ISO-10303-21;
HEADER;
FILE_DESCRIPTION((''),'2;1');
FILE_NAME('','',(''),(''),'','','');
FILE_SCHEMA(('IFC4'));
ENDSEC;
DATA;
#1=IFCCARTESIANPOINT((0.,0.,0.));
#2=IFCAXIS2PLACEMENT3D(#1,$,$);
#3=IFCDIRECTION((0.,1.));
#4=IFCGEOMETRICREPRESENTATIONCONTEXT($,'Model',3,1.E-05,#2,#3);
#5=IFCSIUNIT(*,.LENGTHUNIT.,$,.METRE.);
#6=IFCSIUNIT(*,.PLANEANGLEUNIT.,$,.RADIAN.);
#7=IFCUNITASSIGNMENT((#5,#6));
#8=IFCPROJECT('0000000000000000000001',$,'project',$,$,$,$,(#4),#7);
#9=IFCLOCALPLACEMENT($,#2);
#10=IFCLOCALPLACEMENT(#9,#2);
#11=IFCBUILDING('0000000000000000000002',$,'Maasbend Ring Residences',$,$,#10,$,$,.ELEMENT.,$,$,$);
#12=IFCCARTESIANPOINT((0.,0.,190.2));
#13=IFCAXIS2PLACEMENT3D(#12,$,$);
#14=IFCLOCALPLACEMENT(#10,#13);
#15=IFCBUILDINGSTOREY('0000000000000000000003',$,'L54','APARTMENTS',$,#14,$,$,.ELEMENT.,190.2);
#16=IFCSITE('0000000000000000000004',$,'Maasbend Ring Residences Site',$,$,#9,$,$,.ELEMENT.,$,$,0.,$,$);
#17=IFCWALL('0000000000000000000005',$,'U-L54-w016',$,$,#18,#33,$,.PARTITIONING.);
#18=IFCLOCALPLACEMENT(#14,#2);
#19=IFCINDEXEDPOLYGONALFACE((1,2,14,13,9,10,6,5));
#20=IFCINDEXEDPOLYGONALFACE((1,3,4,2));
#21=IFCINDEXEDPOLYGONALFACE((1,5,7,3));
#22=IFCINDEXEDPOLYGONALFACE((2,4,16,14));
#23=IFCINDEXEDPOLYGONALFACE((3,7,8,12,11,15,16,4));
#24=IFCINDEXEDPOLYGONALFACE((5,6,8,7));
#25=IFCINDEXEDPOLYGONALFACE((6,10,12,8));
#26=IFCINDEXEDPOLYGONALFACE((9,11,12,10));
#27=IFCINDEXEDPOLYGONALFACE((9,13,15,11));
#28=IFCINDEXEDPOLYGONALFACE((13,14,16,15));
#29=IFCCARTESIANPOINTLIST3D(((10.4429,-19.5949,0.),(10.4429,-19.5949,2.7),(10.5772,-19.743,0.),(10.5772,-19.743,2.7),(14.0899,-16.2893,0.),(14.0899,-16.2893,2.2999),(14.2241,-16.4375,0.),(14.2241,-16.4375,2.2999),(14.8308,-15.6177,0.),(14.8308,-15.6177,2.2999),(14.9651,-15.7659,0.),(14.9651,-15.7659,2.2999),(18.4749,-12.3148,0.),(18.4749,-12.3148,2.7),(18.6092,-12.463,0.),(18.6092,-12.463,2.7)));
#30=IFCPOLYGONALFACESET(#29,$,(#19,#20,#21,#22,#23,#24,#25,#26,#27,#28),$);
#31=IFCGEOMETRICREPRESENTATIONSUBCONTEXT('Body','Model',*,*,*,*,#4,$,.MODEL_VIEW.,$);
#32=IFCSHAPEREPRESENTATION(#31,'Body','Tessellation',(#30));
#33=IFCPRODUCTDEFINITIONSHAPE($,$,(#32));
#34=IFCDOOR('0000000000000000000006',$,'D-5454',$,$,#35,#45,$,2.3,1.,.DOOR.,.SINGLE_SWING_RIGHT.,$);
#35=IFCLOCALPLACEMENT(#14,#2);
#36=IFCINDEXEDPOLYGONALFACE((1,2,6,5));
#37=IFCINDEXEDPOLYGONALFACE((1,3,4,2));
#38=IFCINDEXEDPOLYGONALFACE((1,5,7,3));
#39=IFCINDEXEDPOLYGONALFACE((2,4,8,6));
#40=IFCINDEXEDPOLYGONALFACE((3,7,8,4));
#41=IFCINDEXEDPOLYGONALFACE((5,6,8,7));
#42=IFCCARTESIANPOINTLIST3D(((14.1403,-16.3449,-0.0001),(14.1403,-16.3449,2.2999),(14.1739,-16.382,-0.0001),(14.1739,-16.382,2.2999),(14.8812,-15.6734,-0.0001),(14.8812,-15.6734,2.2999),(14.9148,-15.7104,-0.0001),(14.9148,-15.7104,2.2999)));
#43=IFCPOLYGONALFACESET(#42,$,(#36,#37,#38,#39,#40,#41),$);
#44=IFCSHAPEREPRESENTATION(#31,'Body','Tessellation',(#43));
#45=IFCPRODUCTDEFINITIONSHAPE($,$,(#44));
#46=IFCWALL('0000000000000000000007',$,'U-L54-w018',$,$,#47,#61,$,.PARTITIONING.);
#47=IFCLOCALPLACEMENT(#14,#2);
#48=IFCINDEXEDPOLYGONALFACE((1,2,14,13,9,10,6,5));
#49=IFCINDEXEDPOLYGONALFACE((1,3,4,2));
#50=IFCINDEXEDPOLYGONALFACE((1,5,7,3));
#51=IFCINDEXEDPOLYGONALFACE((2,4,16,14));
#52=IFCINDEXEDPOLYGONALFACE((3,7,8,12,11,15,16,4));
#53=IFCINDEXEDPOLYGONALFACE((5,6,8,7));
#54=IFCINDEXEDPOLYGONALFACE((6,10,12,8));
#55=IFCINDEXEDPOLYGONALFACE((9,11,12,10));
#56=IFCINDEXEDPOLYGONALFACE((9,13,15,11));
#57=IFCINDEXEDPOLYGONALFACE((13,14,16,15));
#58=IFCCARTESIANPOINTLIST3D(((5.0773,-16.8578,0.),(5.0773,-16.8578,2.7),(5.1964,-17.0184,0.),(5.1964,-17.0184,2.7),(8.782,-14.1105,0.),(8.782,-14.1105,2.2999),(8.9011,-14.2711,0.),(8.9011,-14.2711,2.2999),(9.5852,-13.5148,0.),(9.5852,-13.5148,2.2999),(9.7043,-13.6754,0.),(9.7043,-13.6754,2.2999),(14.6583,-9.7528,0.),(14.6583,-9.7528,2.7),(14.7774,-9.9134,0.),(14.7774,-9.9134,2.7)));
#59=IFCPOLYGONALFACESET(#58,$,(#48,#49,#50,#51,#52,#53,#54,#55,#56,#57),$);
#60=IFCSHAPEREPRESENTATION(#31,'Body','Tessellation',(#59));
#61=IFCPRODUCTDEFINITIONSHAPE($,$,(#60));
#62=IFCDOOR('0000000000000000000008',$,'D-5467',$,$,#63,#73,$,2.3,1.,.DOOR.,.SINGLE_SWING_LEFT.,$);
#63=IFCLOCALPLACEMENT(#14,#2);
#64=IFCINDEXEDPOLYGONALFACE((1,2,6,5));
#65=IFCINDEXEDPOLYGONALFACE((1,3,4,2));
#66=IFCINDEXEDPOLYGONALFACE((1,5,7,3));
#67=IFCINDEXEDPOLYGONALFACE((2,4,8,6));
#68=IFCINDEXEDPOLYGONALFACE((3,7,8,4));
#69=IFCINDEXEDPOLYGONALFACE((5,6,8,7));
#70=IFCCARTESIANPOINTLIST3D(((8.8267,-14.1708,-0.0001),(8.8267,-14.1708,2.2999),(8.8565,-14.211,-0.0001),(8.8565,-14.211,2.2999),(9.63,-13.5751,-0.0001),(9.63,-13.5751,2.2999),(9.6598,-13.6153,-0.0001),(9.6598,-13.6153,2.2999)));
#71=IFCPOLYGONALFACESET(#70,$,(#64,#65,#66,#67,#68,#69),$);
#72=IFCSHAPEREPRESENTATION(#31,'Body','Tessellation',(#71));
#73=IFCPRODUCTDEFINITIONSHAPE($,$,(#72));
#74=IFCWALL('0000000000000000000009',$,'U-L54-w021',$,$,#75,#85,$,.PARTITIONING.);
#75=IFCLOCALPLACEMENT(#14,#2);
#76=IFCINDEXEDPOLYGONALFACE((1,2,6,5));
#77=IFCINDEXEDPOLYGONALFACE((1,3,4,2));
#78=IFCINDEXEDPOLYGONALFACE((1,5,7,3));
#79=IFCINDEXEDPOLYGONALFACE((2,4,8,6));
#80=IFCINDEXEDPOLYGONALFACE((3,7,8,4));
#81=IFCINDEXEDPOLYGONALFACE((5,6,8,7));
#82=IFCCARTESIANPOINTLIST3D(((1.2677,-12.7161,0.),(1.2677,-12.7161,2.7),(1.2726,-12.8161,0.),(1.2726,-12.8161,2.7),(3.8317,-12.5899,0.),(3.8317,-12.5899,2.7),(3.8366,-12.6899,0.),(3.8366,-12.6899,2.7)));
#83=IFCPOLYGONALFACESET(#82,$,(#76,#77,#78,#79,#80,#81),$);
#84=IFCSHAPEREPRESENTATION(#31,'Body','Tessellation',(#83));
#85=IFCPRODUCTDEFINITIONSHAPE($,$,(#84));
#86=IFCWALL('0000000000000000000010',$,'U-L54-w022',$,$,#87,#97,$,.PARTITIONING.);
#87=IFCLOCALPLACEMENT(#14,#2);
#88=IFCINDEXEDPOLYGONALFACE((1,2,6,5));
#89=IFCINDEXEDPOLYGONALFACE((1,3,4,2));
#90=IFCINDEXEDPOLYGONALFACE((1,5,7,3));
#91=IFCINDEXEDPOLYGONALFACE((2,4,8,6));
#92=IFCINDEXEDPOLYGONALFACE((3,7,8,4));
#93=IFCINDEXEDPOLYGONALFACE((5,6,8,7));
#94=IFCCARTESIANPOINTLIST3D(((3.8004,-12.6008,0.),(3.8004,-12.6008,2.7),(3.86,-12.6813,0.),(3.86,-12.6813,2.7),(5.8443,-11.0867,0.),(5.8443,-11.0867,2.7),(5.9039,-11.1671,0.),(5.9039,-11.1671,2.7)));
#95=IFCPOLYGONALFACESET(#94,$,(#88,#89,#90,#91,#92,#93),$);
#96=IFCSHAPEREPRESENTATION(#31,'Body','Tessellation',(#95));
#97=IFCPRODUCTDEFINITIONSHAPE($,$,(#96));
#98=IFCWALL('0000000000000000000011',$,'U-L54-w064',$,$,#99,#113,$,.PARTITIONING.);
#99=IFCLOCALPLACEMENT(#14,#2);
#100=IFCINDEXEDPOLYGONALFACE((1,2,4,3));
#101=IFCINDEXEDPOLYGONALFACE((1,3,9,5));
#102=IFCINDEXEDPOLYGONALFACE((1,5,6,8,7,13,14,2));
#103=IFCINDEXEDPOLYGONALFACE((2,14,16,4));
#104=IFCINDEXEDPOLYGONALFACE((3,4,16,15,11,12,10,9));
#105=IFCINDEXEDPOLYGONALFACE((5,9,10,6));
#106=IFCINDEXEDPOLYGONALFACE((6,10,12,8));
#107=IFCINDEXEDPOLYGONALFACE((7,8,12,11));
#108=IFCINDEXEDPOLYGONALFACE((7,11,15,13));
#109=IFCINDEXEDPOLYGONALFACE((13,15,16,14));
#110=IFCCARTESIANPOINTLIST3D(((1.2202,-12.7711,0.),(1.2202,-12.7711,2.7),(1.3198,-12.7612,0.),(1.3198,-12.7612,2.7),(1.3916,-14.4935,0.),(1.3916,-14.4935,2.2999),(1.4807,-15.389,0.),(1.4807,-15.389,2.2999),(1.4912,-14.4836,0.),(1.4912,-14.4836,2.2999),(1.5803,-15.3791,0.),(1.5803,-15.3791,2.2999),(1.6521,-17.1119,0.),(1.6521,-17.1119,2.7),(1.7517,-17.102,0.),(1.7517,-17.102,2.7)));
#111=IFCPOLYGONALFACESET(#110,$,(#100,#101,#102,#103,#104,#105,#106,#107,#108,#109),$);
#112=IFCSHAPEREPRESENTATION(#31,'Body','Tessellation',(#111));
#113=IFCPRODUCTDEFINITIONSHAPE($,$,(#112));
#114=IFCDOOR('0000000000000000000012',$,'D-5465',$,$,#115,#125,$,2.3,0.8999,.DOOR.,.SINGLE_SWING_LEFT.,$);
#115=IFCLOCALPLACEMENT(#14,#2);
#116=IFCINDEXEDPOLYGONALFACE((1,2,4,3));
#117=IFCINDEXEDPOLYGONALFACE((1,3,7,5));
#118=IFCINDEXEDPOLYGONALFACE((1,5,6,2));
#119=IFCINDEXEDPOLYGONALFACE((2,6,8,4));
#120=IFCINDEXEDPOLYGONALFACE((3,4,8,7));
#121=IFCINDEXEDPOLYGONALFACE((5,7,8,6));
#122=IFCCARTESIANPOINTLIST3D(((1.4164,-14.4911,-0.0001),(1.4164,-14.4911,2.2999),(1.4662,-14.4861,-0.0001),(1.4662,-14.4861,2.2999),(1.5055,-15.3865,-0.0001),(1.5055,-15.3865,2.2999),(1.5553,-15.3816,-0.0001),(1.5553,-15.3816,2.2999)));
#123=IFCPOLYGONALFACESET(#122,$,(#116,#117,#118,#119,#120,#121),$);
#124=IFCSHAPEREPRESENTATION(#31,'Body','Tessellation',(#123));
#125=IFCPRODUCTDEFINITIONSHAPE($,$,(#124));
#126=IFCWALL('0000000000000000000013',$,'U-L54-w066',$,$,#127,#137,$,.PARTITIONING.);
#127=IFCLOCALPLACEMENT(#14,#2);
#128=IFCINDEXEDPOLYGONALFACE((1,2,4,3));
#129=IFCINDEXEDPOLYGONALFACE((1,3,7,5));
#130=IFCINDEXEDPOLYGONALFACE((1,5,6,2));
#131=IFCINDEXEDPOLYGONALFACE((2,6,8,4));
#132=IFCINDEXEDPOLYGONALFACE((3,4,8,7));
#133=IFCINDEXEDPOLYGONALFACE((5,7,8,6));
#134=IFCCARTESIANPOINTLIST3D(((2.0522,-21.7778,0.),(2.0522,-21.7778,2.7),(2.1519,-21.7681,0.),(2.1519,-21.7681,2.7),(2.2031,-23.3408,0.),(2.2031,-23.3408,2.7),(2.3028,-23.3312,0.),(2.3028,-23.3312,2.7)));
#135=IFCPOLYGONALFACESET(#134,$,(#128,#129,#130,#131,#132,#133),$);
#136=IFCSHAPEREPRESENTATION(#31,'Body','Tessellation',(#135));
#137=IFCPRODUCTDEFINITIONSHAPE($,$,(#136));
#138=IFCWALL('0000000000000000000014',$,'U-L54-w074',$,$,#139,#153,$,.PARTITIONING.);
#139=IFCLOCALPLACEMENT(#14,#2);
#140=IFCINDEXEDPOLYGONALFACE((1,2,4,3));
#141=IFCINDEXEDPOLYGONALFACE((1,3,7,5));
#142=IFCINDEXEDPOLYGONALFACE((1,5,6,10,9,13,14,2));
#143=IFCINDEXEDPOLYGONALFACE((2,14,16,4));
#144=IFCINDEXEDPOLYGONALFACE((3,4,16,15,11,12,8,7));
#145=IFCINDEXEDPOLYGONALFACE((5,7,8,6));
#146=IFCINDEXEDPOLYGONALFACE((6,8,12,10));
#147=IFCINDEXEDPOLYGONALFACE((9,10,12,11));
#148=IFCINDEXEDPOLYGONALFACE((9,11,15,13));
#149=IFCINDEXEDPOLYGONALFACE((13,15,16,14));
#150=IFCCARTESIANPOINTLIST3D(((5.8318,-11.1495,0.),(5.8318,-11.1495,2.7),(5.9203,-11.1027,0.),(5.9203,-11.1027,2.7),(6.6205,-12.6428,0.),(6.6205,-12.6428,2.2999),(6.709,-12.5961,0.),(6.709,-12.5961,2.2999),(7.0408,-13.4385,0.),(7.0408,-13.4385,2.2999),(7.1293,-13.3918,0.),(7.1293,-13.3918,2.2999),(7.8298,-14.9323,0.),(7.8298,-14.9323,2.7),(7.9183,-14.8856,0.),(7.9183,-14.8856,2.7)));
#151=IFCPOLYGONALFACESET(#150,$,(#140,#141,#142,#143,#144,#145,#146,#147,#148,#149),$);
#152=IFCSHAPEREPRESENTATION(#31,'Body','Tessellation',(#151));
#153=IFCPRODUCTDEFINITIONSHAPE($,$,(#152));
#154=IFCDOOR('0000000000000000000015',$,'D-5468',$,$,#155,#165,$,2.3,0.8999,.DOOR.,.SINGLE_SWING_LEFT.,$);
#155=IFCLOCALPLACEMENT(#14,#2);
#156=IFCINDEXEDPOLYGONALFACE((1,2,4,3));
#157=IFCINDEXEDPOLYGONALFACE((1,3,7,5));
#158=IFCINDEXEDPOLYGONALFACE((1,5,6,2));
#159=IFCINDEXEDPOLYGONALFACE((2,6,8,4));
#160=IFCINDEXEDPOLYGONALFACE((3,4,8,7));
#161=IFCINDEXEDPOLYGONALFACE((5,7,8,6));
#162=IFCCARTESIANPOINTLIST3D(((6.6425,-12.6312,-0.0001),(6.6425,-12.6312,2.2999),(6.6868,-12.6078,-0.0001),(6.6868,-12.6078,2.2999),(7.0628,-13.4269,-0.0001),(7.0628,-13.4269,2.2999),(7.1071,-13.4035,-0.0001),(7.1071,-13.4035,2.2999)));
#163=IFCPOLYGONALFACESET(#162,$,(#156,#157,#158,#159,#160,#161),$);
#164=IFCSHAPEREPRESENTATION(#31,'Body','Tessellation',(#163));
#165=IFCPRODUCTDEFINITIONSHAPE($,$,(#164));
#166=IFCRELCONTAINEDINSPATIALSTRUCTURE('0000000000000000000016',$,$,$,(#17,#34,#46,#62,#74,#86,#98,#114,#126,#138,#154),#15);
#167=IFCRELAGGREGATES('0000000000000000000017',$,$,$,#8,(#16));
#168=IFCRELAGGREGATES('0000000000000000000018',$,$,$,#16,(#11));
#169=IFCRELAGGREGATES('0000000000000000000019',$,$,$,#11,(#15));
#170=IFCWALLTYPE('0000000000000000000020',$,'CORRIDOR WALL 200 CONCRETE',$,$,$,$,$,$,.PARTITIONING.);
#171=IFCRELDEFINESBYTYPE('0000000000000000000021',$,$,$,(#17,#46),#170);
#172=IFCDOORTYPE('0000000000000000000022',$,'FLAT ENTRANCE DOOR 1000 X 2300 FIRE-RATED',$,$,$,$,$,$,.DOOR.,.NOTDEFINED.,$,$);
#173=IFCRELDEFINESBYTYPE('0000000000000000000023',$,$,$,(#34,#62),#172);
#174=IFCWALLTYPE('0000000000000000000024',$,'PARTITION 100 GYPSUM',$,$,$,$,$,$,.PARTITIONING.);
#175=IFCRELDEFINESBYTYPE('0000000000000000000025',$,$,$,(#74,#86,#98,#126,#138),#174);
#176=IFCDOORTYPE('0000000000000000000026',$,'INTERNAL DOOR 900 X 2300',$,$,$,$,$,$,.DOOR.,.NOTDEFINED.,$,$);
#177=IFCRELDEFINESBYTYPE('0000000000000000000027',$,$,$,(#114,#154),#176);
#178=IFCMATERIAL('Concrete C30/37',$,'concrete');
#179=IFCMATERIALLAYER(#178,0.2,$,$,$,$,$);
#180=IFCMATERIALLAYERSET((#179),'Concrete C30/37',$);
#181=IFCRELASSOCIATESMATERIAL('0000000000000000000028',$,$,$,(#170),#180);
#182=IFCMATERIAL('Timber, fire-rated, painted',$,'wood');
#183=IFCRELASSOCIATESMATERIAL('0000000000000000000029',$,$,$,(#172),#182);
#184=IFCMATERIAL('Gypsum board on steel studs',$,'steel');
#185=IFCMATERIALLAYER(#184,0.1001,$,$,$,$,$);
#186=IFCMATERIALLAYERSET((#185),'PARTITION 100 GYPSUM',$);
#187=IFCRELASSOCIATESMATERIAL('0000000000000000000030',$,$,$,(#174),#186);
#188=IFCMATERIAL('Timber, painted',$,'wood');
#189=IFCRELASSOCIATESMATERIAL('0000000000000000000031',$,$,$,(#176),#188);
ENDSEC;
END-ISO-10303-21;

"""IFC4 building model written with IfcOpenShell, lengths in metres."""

from ifc_helpers import new_model, si_unit, direction, frame, frame_2d, origin, place, context, subcontext, project, spatial, rectangle, extrude, material, layer, layer_set, type_object, element, fill, save


model = new_model("IFC4")

# Units and contexts
model_context = context("Model", 3, precision=1e-05, world=origin(), true_north=direction((0.0, 1.0)))
body_context = subcontext(model_context, "Body", "Model", "MODEL_VIEW")
ifc_project = project(units=[si_unit("LENGTHUNIT", "METRE"), si_unit("PLANEANGLEUNIT", "RADIAN")], contexts=[model_context])

# Site, building, storey
site_placement = place(None, origin())
site = spatial("IfcSite", under=ifc_project, at=site_placement, Name="Maasbend Ring Residences Site", CompositionType="ELEMENT", RefElevation=0.0)
building_placement = place(site_placement, origin())
building = spatial("IfcBuilding", under=site, at=building_placement, Name="Maasbend Ring Residences", CompositionType="ELEMENT")
storey_placement = place(building_placement, frame((0.0, 0.0, 190.2)))
storey = spatial("IfcBuildingStorey", under=building, at=storey_placement, Name="L54", Description="APARTMENTS", CompositionType="ELEMENT", Elevation=190.2)

# Walls, openings, doors
ifc_material_1 = material(Name="Concrete C30/37", Category="concrete")
ifc_layer_1 = layer(ifc_material_1, 0.2)
ifc_layer_set_1 = layer_set([ifc_layer_1], Name="Concrete C30/37")
wall_type_1 = type_object("IfcWallType", Name="CORRIDOR WALL 200 CONCRETE", PredefinedType="PARTITIONING", material=ifc_layer_set_1)
wall_1_placement = place(storey_placement, frame((10.51, -19.6689, 0.0), z_axis=(0.0, 0.0, 1.0), x_axis=(0.740939, 0.671572, 0.0)))
wall_1 = element("IfcWall", 1, at=wall_1_placement, inside=storey, type_object=wall_type_1, Name="U-L54-w016", PredefinedType="PARTITIONING", context=body_context, shape_type="SweptSolid", body=[
    extrude(rectangle(XDim=10.8403, YDim=0.2, at=frame_2d((5.4202, 0.0))), origin(), (0.0, 0.0, 1.0), 2.7),
])
opening_1_placement = place(wall_1_placement, frame((4.9221, 0.0, 0.0)))
opening_1 = element("IfcOpeningElement", 2, at=opening_1_placement, cuts=wall_1, PredefinedType="OPENING", context=body_context, shape_type="SweptSolid", body=[
    extrude(rectangle(XDim=1.0, YDim=2.3, at=frame_2d((0.5, 1.1499))), frame((0.0, 0.1099, 0.0), z_axis=(0.0, -1.0, 0.0), x_axis=(1.0, 0.0, 0.0)), (0.0, 0.0, 1.0), 0.22),
])
ifc_material_2 = material(Name="Timber, fire-rated, painted", Category="wood")
door_type_1 = type_object("IfcDoorType", Name="FLAT ENTRANCE DOOR 1000 X 2300 FIRE-RATED", OperationType="NOTDEFINED", PredefinedType="DOOR", material=ifc_material_2)
door_1_placement = place(opening_1_placement, origin())
door_1 = element("IfcDoor", 3, at=door_1_placement, inside=storey, type_object=door_type_1, Name="D-5454", OperationType="SINGLE_SWING_RIGHT", OverallHeight=2.3, OverallWidth=1.0, PredefinedType="DOOR", context=body_context, shape_type="SweptSolid", body=[
    extrude(rectangle(XDim=1.0, YDim=2.3, at=frame_2d((0.5, 1.1499))), frame((0.0, 0.0249, 0.0), z_axis=(0.0, -1.0, 0.0), x_axis=(1.0, 0.0, 0.0)), (0.0, 0.0, 1.0), 0.05),
])
fill(opening_1, door_1)
wall_2_placement = place(storey_placement, frame((5.137, -16.938, 0.0), z_axis=(0.0, 0.0, 1.0), x_axis=(0.80324, 0.595655, 0.0)))
wall_2 = element("IfcWall", 4, at=wall_2_placement, inside=storey, type_object=wall_type_1, Name="U-L54-w018", PredefinedType="PARTITIONING", context=body_context, shape_type="SweptSolid", body=[
    extrude(rectangle(XDim=11.928, YDim=0.2, at=frame_2d((5.9639, 0.0))), origin(), (0.0, 0.0, 1.0), 2.7),
])
opening_2_placement = place(wall_2_placement, frame((4.6121, 0.0, 0.0)))
opening_2 = element("IfcOpeningElement", 5, at=opening_2_placement, cuts=wall_2, PredefinedType="OPENING", context=body_context, shape_type="SweptSolid", body=[
    extrude(rectangle(XDim=1.0, YDim=2.3, at=frame_2d((0.5, 1.1499))), frame((0.0, 0.1099, 0.0), z_axis=(0.0, -1.0, 0.0), x_axis=(1.0, 0.0, 0.0)), (0.0, 0.0, 1.0), 0.22),
])
door_2_placement = place(opening_2_placement, origin())
door_2 = element("IfcDoor", 6, at=door_2_placement, inside=storey, type_object=door_type_1, Name="D-5467", OperationType="SINGLE_SWING_LEFT", OverallHeight=2.3, OverallWidth=1.0, PredefinedType="DOOR", context=body_context, shape_type="SweptSolid", body=[
    extrude(rectangle(XDim=1.0, YDim=2.3, at=frame_2d((0.5, 1.1499))), frame((0.0, 0.0249, 0.0), z_axis=(0.0, -1.0, 0.0), x_axis=(1.0, 0.0, 0.0)), (0.0, 0.0, 1.0), 0.05),
])
fill(opening_2, door_2)

# Walls
ifc_material_3 = material(Name="Gypsum board on steel studs", Category="steel")
ifc_layer_2 = layer(ifc_material_3, 0.1001)
ifc_layer_set_2 = layer_set([ifc_layer_2], Name="PARTITION 100 GYPSUM")
wall_type_2 = type_object("IfcWallType", Name="PARTITION 100 GYPSUM", PredefinedType="PARTITIONING", material=ifc_layer_set_2)
wall_3_placement = place(storey_placement, frame((1.27, -12.7661, 0.0), z_axis=(0.0, 0.0, 1.0), x_axis=(0.99879, 0.049169, 0.0)))
element("IfcWall", 7, at=wall_3_placement, inside=storey, type_object=wall_type_2, Name="U-L54-w021", PredefinedType="PARTITIONING", context=body_context, shape_type="SweptSolid", body=[
    extrude(rectangle(XDim=2.5671, YDim=0.1001, at=frame_2d((1.2837, 0.0))), origin(), (0.0, 0.0, 1.0), 2.7),
])
wall_4_placement = place(storey_placement, frame((3.8301, -12.6411, 0.0), z_axis=(0.0, 0.0, 1.0), x_axis=(0.803533, 0.59526, 0.0)))
element("IfcWall", 8, at=wall_4_placement, inside=storey, type_object=wall_type_2, Name="U-L54-w022", PredefinedType="PARTITIONING", context=body_context, shape_type="SweptSolid", body=[
    extrude(rectangle(XDim=2.5437, YDim=0.1001, at=frame_2d((1.272, 0.0))), origin(), (0.0, 0.0, 1.0), 2.7),
])

# Wall, opening, door
wall_5_placement = place(storey_placement, frame((1.27, -12.7661, 0.0), z_axis=(0.0, 0.0, 1.0), x_axis=(0.099005, -0.995087, 0.0)))
wall_5 = element("IfcWall", 9, at=wall_5_placement, inside=storey, type_object=wall_type_2, Name="U-L54-w064", PredefinedType="PARTITIONING", context=body_context, shape_type="SweptSolid", body=[
    extrude(rectangle(XDim=4.3623, YDim=0.1001, at=frame_2d((2.1812, 0.0))), origin(), (0.0, 0.0, 1.0), 2.7),
])
opening_3_placement = place(wall_5_placement, frame((1.731, 0.0, 0.0)))
opening_3 = element("IfcOpeningElement", 10, at=opening_3_placement, cuts=wall_5, PredefinedType="OPENING", context=body_context, shape_type="SweptSolid", body=[
    extrude(rectangle(XDim=0.8999, YDim=2.3, at=frame_2d((0.45, 1.1499))), frame((0.0, 0.0601, 0.0), z_axis=(0.0, -1.0, 0.0), x_axis=(1.0, 0.0, 0.0)), (0.0, 0.0, 1.0), 0.1201),
])
ifc_material_4 = material(Name="Timber, painted", Category="wood")
door_type_2 = type_object("IfcDoorType", Name="INTERNAL DOOR 900 X 2300", OperationType="NOTDEFINED", PredefinedType="DOOR", material=ifc_material_4)
door_3_placement = place(opening_3_placement, origin())
door_3 = element("IfcDoor", 11, at=door_3_placement, inside=storey, type_object=door_type_2, Name="D-5465", OperationType="SINGLE_SWING_LEFT", OverallHeight=2.3, OverallWidth=0.8999, PredefinedType="DOOR", context=body_context, shape_type="SweptSolid", body=[
    extrude(rectangle(XDim=0.8999, YDim=2.3, at=frame_2d((0.45, 1.1499))), frame((0.0, 0.0249, 0.0), z_axis=(0.0, -1.0, 0.0), x_axis=(1.0, 0.0, 0.0)), (0.0, 0.0, 1.0), 0.05),
])
fill(opening_3, door_3)

# Wall
wall_6_placement = place(storey_placement, frame((2.1021, -21.7729, 0.0), z_axis=(0.0, 0.0, 1.0), x_axis=(0.096086, -0.995373, 0.0)))
element("IfcWall", 12, at=wall_6_placement, inside=storey, type_object=wall_type_2, Name="U-L54-w066", PredefinedType="PARTITIONING", context=body_context, shape_type="SweptSolid", body=[
    extrude(rectangle(XDim=1.5703, YDim=0.1001, at=frame_2d((0.7852, 0.0))), origin(), (0.0, 0.0, 1.0), 2.7),
])

# Wall, opening, door
wall_7_placement = place(storey_placement, frame((5.876, -11.126, 0.0), z_axis=(0.0, 0.0, 1.0), x_axis=(0.46703, -0.884241, 0.0)))
wall_7 = element("IfcWall", 13, at=wall_7_placement, inside=storey, type_object=wall_type_2, Name="U-L54-w074", PredefinedType="PARTITIONING", context=body_context, shape_type="SweptSolid", body=[
    extrude(rectangle(XDim=4.2781, YDim=0.1001, at=frame_2d((2.1392, 0.0))), origin(), (0.0, 0.0, 1.0), 2.7),
])
opening_4_placement = place(wall_7_placement, frame((1.689, 0.0, 0.0)))
opening_4 = element("IfcOpeningElement", 14, at=opening_4_placement, cuts=wall_7, PredefinedType="OPENING", context=body_context, shape_type="SweptSolid", body=[
    extrude(rectangle(XDim=0.8999, YDim=2.3, at=frame_2d((0.45, 1.1499))), frame((0.0, 0.0601, 0.0), z_axis=(0.0, -1.0, 0.0), x_axis=(1.0, 0.0, 0.0)), (0.0, 0.0, 1.0), 0.1201),
])
door_4_placement = place(opening_4_placement, origin())
door_4 = element("IfcDoor", 15, at=door_4_placement, inside=storey, type_object=door_type_2, Name="D-5468", OperationType="SINGLE_SWING_LEFT", OverallHeight=2.3, OverallWidth=0.8999, PredefinedType="DOOR", context=body_context, shape_type="SweptSolid", body=[
    extrude(rectangle(XDim=0.8999, YDim=2.3, at=frame_2d((0.45, 1.1499))), frame((0.0, 0.0249, 0.0), z_axis=(0.0, -1.0, 0.0), x_axis=(1.0, 0.0, 0.0)), (0.0, 0.0, 1.0), 0.05),
])
fill(opening_4, door_4)

save(model, "model.ifc")
